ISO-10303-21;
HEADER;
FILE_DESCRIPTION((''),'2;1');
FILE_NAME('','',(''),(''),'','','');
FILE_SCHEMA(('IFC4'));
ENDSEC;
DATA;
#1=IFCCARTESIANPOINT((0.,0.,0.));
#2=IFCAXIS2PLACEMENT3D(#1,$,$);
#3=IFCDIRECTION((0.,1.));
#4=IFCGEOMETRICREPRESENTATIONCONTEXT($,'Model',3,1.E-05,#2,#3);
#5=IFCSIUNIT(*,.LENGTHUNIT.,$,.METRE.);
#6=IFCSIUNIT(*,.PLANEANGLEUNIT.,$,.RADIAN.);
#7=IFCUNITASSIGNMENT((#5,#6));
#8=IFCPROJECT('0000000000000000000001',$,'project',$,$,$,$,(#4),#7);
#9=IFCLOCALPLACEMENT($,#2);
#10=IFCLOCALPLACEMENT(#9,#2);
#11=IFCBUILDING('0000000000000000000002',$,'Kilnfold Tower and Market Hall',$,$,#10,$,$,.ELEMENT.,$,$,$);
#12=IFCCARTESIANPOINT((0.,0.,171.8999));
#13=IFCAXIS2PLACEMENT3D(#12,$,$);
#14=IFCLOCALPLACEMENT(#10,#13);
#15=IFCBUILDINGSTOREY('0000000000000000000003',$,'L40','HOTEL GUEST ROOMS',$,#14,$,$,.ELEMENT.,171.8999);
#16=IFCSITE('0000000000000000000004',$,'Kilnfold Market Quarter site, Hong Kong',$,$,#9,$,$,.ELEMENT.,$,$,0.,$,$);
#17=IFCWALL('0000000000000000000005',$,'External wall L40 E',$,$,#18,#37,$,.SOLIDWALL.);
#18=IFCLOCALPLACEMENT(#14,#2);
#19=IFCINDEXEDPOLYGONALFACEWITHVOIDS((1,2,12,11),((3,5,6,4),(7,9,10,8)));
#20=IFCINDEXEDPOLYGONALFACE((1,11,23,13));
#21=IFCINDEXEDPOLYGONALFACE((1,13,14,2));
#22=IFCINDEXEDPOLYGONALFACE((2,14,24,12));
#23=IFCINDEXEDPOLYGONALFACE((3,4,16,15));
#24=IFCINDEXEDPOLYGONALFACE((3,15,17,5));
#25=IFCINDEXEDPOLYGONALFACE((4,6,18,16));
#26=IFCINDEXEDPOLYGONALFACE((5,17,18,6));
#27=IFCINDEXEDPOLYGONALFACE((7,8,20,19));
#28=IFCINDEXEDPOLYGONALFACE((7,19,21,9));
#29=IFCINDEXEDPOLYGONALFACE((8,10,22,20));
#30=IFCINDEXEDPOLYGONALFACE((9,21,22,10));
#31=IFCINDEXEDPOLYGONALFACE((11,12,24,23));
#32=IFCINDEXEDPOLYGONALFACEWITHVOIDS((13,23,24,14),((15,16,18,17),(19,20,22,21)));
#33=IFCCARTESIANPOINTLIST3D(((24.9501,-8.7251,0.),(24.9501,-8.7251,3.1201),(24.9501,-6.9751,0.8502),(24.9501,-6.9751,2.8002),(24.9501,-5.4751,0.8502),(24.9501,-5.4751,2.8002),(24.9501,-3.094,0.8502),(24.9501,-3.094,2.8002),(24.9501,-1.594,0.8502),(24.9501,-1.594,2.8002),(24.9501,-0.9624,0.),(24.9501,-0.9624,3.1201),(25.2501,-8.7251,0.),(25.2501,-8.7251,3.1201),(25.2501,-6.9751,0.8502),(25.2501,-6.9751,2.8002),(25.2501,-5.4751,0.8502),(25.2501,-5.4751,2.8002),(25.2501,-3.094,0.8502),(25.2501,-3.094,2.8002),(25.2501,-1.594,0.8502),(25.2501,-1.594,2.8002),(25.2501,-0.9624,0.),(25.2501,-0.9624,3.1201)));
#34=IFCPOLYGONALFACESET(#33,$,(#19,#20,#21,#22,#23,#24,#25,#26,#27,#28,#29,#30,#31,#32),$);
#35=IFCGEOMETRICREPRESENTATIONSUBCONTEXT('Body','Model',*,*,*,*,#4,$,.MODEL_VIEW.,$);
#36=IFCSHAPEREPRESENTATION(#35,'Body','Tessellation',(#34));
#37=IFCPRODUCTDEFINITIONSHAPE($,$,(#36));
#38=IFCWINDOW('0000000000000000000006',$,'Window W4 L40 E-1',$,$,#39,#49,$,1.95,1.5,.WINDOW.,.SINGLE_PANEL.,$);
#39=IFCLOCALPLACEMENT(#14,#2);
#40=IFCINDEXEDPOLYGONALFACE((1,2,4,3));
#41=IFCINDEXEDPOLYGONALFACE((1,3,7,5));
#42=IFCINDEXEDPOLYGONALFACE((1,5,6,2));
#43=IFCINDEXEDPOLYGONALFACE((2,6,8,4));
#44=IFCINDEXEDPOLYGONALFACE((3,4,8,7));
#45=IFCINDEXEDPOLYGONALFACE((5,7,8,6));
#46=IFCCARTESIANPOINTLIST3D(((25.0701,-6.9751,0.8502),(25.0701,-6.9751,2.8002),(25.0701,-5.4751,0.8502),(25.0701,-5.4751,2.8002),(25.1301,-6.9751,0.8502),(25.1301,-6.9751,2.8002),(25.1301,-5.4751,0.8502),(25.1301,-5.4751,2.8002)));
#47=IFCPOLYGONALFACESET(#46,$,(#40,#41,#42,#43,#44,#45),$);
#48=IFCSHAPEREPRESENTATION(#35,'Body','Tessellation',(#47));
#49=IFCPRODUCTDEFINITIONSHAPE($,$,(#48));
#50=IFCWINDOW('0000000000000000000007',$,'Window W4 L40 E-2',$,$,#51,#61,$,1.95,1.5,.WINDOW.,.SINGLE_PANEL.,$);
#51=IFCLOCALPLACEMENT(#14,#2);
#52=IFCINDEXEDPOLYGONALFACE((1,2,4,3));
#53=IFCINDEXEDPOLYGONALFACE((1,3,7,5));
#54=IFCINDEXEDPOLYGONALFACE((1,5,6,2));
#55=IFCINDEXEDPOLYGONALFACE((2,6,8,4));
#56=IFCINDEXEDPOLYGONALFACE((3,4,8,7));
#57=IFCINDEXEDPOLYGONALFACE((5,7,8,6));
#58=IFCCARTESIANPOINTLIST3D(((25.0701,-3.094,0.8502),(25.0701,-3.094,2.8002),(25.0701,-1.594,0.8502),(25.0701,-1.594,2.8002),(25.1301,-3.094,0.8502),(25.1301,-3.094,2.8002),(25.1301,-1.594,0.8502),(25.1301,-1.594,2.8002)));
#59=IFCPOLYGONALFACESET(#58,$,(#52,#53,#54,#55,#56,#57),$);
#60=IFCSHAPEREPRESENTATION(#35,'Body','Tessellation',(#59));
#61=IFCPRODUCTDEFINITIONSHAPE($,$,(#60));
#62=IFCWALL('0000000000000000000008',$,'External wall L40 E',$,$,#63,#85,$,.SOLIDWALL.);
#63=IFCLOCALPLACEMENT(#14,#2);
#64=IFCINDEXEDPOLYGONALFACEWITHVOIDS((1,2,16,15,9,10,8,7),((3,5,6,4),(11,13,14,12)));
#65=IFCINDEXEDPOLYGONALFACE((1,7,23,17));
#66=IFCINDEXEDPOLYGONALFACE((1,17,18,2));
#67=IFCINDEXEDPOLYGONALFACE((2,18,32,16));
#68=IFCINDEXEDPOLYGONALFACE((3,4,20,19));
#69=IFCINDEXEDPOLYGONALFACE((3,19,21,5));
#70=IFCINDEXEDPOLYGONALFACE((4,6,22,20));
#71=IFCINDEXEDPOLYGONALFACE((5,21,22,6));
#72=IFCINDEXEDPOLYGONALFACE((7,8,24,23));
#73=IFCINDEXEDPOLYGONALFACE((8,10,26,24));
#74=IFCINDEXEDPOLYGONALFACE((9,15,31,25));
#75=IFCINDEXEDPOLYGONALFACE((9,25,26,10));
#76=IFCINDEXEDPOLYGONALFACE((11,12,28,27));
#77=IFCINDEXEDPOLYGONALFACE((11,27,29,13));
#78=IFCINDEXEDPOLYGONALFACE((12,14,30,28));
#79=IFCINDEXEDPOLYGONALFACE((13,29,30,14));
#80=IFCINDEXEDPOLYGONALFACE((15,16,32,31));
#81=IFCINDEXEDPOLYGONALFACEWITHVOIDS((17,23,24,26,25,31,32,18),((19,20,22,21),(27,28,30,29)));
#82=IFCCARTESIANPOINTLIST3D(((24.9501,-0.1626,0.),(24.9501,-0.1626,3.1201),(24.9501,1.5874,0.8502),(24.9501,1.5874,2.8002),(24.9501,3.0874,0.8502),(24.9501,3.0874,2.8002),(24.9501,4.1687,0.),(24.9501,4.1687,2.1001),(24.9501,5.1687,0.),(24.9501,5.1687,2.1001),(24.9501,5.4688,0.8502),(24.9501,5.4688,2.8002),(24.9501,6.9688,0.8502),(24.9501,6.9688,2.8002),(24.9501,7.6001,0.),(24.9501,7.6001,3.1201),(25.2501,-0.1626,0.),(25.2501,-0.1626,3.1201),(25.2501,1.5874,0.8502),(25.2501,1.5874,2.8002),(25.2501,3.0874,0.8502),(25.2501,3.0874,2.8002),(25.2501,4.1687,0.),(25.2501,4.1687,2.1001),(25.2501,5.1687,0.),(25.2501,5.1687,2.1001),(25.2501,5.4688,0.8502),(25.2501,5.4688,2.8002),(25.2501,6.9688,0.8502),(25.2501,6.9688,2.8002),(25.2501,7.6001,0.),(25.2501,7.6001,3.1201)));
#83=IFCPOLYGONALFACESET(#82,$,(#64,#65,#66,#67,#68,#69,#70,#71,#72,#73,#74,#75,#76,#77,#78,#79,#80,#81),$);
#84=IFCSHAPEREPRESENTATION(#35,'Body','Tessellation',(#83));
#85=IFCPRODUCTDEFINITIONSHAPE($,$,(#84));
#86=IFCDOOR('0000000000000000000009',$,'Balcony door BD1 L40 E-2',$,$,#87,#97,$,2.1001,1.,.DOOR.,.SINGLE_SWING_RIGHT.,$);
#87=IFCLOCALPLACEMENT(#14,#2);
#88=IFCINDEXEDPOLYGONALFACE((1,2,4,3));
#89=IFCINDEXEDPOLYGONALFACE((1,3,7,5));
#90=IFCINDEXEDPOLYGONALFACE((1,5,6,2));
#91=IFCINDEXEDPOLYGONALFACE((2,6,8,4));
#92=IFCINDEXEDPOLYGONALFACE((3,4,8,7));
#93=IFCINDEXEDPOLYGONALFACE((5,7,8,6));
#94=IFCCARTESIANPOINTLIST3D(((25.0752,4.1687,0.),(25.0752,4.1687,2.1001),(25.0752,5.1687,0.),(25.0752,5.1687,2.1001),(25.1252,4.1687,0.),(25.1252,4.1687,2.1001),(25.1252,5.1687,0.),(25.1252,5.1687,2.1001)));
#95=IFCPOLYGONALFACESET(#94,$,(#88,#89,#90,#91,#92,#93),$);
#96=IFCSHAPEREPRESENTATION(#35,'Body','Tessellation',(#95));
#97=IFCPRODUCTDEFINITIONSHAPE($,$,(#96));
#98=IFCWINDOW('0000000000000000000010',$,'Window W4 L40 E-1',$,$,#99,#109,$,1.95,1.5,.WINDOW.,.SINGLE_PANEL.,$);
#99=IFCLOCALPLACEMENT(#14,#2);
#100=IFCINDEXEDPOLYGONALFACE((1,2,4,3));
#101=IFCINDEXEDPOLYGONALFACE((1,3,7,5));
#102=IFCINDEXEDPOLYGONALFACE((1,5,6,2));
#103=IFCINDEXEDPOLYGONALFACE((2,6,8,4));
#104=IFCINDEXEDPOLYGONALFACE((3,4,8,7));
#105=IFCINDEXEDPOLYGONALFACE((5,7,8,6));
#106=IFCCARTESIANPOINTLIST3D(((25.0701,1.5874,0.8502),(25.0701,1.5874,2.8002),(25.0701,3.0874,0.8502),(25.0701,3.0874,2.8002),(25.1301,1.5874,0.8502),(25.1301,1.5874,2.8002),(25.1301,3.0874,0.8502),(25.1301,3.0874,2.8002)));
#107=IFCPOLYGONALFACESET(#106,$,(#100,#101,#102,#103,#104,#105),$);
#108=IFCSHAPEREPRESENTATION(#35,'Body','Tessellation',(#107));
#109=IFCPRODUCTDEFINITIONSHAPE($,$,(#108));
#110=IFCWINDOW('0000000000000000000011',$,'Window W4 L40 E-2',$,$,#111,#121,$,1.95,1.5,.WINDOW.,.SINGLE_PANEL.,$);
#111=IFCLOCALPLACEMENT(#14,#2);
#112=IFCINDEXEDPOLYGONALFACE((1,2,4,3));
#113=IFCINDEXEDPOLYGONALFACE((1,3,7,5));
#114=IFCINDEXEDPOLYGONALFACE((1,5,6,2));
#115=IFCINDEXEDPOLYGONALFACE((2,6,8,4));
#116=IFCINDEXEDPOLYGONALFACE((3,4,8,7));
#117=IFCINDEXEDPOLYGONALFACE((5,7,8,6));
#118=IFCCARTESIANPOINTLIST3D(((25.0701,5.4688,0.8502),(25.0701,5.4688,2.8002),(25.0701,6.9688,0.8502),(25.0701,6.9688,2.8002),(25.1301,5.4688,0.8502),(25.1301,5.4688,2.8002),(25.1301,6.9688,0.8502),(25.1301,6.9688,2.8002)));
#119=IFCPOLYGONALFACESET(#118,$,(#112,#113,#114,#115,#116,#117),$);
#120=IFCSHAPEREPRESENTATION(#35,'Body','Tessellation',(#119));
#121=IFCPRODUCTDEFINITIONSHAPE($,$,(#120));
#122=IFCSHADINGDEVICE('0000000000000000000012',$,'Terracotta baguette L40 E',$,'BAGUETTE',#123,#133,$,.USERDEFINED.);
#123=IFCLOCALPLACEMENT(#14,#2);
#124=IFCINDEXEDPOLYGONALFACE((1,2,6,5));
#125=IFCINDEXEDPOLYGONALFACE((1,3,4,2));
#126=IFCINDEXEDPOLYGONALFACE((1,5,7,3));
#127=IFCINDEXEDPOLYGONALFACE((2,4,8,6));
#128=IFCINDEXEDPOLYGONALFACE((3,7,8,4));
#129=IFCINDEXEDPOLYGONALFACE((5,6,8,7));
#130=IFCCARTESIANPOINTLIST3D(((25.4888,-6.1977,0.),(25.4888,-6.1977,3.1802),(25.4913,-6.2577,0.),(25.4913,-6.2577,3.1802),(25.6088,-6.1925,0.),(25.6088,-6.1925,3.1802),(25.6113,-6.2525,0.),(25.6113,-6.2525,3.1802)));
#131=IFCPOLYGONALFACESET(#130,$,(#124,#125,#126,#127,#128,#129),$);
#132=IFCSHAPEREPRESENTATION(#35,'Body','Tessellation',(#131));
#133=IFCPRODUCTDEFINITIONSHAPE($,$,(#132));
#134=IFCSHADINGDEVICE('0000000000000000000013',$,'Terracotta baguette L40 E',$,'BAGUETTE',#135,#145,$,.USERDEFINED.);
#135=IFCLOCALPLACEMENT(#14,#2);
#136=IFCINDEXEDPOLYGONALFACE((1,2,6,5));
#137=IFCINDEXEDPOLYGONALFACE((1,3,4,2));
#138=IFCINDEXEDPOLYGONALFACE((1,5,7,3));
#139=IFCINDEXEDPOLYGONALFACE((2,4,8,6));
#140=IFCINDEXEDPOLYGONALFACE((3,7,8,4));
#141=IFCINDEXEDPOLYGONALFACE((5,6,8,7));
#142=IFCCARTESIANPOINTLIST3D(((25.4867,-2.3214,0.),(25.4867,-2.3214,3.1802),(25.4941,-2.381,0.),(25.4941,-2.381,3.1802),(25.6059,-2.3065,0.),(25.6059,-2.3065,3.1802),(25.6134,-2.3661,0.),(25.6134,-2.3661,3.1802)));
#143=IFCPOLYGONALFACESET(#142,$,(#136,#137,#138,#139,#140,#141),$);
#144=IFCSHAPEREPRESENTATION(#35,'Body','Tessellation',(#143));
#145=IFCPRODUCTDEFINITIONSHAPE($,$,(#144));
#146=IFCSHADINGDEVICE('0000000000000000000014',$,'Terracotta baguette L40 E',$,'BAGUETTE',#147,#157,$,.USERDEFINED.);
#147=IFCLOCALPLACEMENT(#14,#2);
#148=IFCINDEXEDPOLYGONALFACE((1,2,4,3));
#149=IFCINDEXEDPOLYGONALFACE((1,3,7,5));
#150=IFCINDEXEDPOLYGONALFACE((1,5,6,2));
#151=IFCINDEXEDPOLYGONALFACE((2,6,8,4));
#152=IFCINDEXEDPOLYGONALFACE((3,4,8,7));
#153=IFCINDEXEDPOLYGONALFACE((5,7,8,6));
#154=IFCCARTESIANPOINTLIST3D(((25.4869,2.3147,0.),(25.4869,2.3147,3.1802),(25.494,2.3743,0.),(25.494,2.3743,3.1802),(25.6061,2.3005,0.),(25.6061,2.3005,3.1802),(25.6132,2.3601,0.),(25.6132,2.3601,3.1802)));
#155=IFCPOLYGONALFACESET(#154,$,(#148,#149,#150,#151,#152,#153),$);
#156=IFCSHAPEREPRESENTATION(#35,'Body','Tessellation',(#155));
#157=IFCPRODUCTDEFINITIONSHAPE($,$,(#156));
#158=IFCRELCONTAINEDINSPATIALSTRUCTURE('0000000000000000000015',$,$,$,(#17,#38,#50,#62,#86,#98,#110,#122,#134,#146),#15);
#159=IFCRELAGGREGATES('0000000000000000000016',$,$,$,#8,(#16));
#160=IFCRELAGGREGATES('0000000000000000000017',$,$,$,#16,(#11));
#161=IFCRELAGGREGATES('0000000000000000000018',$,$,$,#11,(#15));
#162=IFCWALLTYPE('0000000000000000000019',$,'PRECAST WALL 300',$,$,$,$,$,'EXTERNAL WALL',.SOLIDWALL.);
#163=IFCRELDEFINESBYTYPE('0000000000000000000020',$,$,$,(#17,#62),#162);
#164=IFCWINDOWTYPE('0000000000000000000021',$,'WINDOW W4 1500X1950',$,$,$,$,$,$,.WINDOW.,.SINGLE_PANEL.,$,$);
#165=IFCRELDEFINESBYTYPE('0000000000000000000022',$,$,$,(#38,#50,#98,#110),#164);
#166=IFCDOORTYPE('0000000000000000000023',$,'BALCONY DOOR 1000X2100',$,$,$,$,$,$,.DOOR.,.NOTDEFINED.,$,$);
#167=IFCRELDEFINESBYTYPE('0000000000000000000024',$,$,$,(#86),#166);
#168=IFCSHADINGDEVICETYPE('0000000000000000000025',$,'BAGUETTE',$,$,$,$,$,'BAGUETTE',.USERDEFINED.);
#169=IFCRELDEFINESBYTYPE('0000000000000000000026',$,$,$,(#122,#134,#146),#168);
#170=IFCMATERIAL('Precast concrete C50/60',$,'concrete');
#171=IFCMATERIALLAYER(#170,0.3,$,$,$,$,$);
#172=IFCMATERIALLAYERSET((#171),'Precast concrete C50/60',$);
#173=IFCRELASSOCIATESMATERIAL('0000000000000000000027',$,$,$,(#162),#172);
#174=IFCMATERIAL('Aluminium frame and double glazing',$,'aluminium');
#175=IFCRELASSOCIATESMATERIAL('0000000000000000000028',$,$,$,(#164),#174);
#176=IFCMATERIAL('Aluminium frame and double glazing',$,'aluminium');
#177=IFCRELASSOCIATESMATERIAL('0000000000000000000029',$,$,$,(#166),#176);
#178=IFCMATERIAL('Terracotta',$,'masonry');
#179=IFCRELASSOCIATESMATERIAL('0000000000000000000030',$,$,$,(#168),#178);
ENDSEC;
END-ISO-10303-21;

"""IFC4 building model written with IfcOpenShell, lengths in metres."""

from ifc_helpers import new_model, si_unit, direction, frame, frame_2d, origin, origin_2d, place, context, subcontext, project, spatial, rectangle, extrude, source, transform, mapped, material, layer, layer_set, material_profile, profile_set, type_object, element, fill, save


model = new_model("IFC4")

# Units and contexts
model_context = context("Model", 3, precision=1e-05, world=origin(), true_north=direction((0.0, 1.0)))
body_context = subcontext(model_context, "Body", "Model", "MODEL_VIEW")
ifc_project = project(units=[si_unit("LENGTHUNIT", "METRE"), si_unit("PLANEANGLEUNIT", "RADIAN")], contexts=[model_context])

# Site, building, storey
site_placement = place(None, origin())
site = spatial("IfcSite", under=ifc_project, at=site_placement, Name="Kilnfold Market Quarter site, Hong Kong", CompositionType="ELEMENT", RefElevation=0.0)
building_placement = place(site_placement, origin())
building = spatial("IfcBuilding", under=site, at=building_placement, Name="Kilnfold Tower and Market Hall", CompositionType="ELEMENT")
storey_placement = place(building_placement, frame((0.0, 0.0, 171.8999)))
storey = spatial("IfcBuildingStorey", under=building, at=storey_placement, Name="L40", Description="HOTEL GUEST ROOMS", CompositionType="ELEMENT", Elevation=171.8999)

# Wall, openings, windows
ifc_material_1 = material(Name="Precast concrete C50/60", Category="concrete")
ifc_layer_1 = layer(ifc_material_1, 0.3)
ifc_layer_set_1 = layer_set([ifc_layer_1], Name="Precast concrete C50/60")
wall_type_1 = type_object("IfcWallType", Name="PRECAST WALL 300", ElementType="EXTERNAL WALL", PredefinedType="SOLIDWALL", material=ifc_layer_set_1)
shared_shape_1 = source(origin(), body_context, "Body", "SweptSolid", [
    extrude(rectangle(XDim=7.7627, YDim=0.3, at=frame_2d((3.8813, 0.0))), origin(), (0.0, 0.0, 1.0), 3.1201),
])
wall_1_placement = place(storey_placement, frame((25.1001, -8.7251, 0.0), z_axis=(0.0, 0.0, 1.0), x_axis=(0.0, 1.0, 0.0)))
wall_1 = element("IfcWall", 1, at=wall_1_placement, inside=storey, type_object=wall_type_1, Name="External wall L40 E", PredefinedType="SOLIDWALL", context=body_context, shape_type="MappedRepresentation", body=[
    mapped(shared_shape_1, transform((0.0, 0.0, 0.0))),
])
opening_1_placement = place(wall_1_placement, frame((1.75, 0.0, 0.8501)))
opening_1 = element("IfcOpeningElement", 2, at=opening_1_placement, cuts=wall_1, PredefinedType="OPENING", context=body_context, shape_type="SweptSolid", body=[
    extrude(rectangle(XDim=1.5, YDim=1.95, at=frame_2d((0.75, 0.9751))), frame((0.0, 0.1602, 0.0), z_axis=(0.0, -1.0, 0.0), x_axis=(1.0, 0.0, 0.0)), (0.0, 0.0, 1.0), 0.3201),
])
opening_2_placement = place(wall_1_placement, frame((5.6311, 0.0, 0.8501)))
opening_2 = element("IfcOpeningElement", 3, at=opening_2_placement, cuts=wall_1, PredefinedType="OPENING", context=body_context, shape_type="SweptSolid", body=[
    extrude(rectangle(XDim=1.5, YDim=1.95, at=frame_2d((0.75, 0.9751))), frame((0.0, 0.1602, 0.0), z_axis=(0.0, -1.0, 0.0), x_axis=(1.0, 0.0, 0.0)), (0.0, 0.0, 1.0), 0.3201),
])
ifc_material_2 = material(Name="Aluminium frame and double glazing", Category="aluminium")
window_type = type_object("IfcWindowType", Name="WINDOW W4 1500X1950", PartitioningType="SINGLE_PANEL", PredefinedType="WINDOW", material=ifc_material_2)
window_1_placement = place(opening_1_placement, origin())
window_1 = element("IfcWindow", 4, at=window_1_placement, inside=storey, type_object=window_type, Name="Window W4 L40 E-1", OverallHeight=1.95, OverallWidth=1.5, PartitioningType="SINGLE_PANEL", PredefinedType="WINDOW", context=body_context, shape_type="SweptSolid", body=[
    extrude(rectangle(XDim=1.5, YDim=1.95, at=frame_2d((0.75, 0.9751))), frame((0.0, 0.03, 0.0), z_axis=(0.0, -1.0, 0.0), x_axis=(1.0, 0.0, 0.0)), (0.0, 0.0, 1.0), 0.0601),
])
fill(opening_1, window_1)
window_2_placement = place(opening_2_placement, origin())
window_2 = element("IfcWindow", 5, at=window_2_placement, inside=storey, type_object=window_type, Name="Window W4 L40 E-2", OverallHeight=1.95, OverallWidth=1.5, PartitioningType="SINGLE_PANEL", PredefinedType="WINDOW", context=body_context, shape_type="SweptSolid", body=[
    extrude(rectangle(XDim=1.5, YDim=1.95, at=frame_2d((0.75, 0.9751))), frame((0.0, 0.03, 0.0), z_axis=(0.0, -1.0, 0.0), x_axis=(1.0, 0.0, 0.0)), (0.0, 0.0, 1.0), 0.0601),
])
fill(opening_2, window_2)

# Wall, openings, door, windows
wall_2_placement = place(storey_placement, frame((25.1001, -0.1626, 0.0), z_axis=(0.0, 0.0, 1.0), x_axis=(0.0, 1.0, 0.0)))
wall_2 = element("IfcWall", 6, at=wall_2_placement, inside=storey, type_object=wall_type_1, Name="External wall L40 E", PredefinedType="SOLIDWALL", context=body_context, shape_type="MappedRepresentation", body=[
    mapped(shared_shape_1, transform((0.0, 0.0, 0.0))),
])
opening_3_placement = place(wall_2_placement, frame((1.75, 0.0, 0.8501)))
opening_3 = element("IfcOpeningElement", 7, at=opening_3_placement, cuts=wall_2, PredefinedType="OPENING", context=body_context, shape_type="SweptSolid", body=[
    extrude(rectangle(XDim=1.5, YDim=1.95, at=frame_2d((0.75, 0.9751))), frame((0.0, 0.1602, 0.0), z_axis=(0.0, -1.0, 0.0), x_axis=(1.0, 0.0, 0.0)), (0.0, 0.0, 1.0), 0.3201),
])
opening_4_placement = place(wall_2_placement, frame((5.6313, 0.0, 0.8501)))
opening_4 = element("IfcOpeningElement", 8, at=opening_4_placement, cuts=wall_2, PredefinedType="OPENING", context=body_context, shape_type="SweptSolid", body=[
    extrude(rectangle(XDim=1.5, YDim=1.95, at=frame_2d((0.75, 0.9751))), frame((0.0, 0.1602, 0.0), z_axis=(0.0, -1.0, 0.0), x_axis=(1.0, 0.0, 0.0)), (0.0, 0.0, 1.0), 0.3201),
])
opening_5_placement = place(wall_2_placement, frame((4.3313, 0.0, 0.0)))
opening_5 = element("IfcOpeningElement", 9, at=opening_5_placement, cuts=wall_2, PredefinedType="OPENING", context=body_context, shape_type="SweptSolid", body=[
    extrude(rectangle(XDim=1.0, YDim=2.1001, at=frame_2d((0.5, 1.05))), frame((0.0, 0.1602, 0.0), z_axis=(0.0, -1.0, 0.0), x_axis=(1.0, 0.0, 0.0)), (0.0, 0.0, 1.0), 0.3201),
])
ifc_material_3 = material(Name="Aluminium frame and double glazing", Category="aluminium")
door_type_1 = type_object("IfcDoorType", Name="BALCONY DOOR 1000X2100", OperationType="NOTDEFINED", PredefinedType="DOOR", material=ifc_material_3)
door_1_placement = place(opening_5_placement, origin())
door_1 = element("IfcDoor", 10, at=door_1_placement, inside=storey, type_object=door_type_1, Name="Balcony door BD1 L40 E-2", OperationType="SINGLE_SWING_RIGHT", OverallHeight=2.1001, OverallWidth=1.0, PredefinedType="DOOR", context=body_context, shape_type="SweptSolid", body=[
    extrude(rectangle(XDim=1.0, YDim=2.1001, at=frame_2d((0.5, 1.05))), frame((0.0, 0.0249, 0.0), z_axis=(0.0, -1.0, 0.0), x_axis=(1.0, 0.0, 0.0)), (0.0, 0.0, 1.0), 0.05),
])
fill(opening_5, door_1)
window_3_placement = place(opening_3_placement, origin())
window_3 = element("IfcWindow", 11, at=window_3_placement, inside=storey, type_object=window_type, Name="Window W4 L40 E-1", OverallHeight=1.95, OverallWidth=1.5, PartitioningType="SINGLE_PANEL", PredefinedType="WINDOW", context=body_context, shape_type="SweptSolid", body=[
    extrude(rectangle(XDim=1.5, YDim=1.95, at=frame_2d((0.75, 0.9751))), frame((0.0, 0.03, 0.0), z_axis=(0.0, -1.0, 0.0), x_axis=(1.0, 0.0, 0.0)), (0.0, 0.0, 1.0), 0.0601),
])
fill(opening_3, window_3)
window_4_placement = place(opening_4_placement, origin())
window_4 = element("IfcWindow", 12, at=window_4_placement, inside=storey, type_object=window_type, Name="Window W4 L40 E-2", OverallHeight=1.95, OverallWidth=1.5, PartitioningType="SINGLE_PANEL", PredefinedType="WINDOW", context=body_context, shape_type="SweptSolid", body=[
    extrude(rectangle(XDim=1.5, YDim=1.95, at=frame_2d((0.75, 0.9751))), frame((0.0, 0.03, 0.0), z_axis=(0.0, -1.0, 0.0), x_axis=(1.0, 0.0, 0.0)), (0.0, 0.0, 1.0), 0.0601),
])
fill(opening_4, window_4)

# Shading devices
ifc_material_4 = material(Name="Terracotta", Category="masonry")
ifc_material_profile_1 = material_profile(ifc_material_4, rectangle(XDim=0.0601, YDim=0.1201, at=origin_2d()), Name="BAG 60x120")
ifc_profile_set_1 = profile_set([ifc_material_profile_1], Name="Terracotta")
shading_device_type = type_object("IfcShadingDeviceType", Name="BAGUETTE", ElementType="BAGUETTE", PredefinedType="USERDEFINED", material=ifc_profile_set_1)
shared_shape_2 = source(origin(), body_context, "Body", "SweptSolid", [
    extrude(rectangle(XDim=0.0601, YDim=0.1201, at=origin_2d()), origin(), (0.0, 0.0, 1.0), 3.1802),
])
for number, where, z_axis, x_axis, name in (
    (13, (25.55, -6.2251, 0.0), (0.0, 0.0, 1.0), (-0.04306, 0.999073, 0.0), "Terracotta baguette L40 E"),
    (14, (25.55, -2.3438, 0.0), (0.0, 0.0, 1.0), (-0.123231, 0.992378, 0.0), "Terracotta baguette L40 E"),
    (15, (25.55, 2.3374, 0.0), (0.0, 0.0, 1.0), (0.118321, 0.992975, 0.0), "Terracotta baguette L40 E"),
):
    element("IfcShadingDevice", number, at=place(storey_placement, frame(where, z_axis=z_axis, x_axis=x_axis)), inside=storey, type_object=shading_device_type, Name=name, ObjectType="BAGUETTE", PredefinedType="USERDEFINED", context=body_context, shape_type="MappedRepresentation", body=[
        mapped(shared_shape_2, transform((0.0, 0.0, 0.0))),
    ])

save(model, "model.ifc")
